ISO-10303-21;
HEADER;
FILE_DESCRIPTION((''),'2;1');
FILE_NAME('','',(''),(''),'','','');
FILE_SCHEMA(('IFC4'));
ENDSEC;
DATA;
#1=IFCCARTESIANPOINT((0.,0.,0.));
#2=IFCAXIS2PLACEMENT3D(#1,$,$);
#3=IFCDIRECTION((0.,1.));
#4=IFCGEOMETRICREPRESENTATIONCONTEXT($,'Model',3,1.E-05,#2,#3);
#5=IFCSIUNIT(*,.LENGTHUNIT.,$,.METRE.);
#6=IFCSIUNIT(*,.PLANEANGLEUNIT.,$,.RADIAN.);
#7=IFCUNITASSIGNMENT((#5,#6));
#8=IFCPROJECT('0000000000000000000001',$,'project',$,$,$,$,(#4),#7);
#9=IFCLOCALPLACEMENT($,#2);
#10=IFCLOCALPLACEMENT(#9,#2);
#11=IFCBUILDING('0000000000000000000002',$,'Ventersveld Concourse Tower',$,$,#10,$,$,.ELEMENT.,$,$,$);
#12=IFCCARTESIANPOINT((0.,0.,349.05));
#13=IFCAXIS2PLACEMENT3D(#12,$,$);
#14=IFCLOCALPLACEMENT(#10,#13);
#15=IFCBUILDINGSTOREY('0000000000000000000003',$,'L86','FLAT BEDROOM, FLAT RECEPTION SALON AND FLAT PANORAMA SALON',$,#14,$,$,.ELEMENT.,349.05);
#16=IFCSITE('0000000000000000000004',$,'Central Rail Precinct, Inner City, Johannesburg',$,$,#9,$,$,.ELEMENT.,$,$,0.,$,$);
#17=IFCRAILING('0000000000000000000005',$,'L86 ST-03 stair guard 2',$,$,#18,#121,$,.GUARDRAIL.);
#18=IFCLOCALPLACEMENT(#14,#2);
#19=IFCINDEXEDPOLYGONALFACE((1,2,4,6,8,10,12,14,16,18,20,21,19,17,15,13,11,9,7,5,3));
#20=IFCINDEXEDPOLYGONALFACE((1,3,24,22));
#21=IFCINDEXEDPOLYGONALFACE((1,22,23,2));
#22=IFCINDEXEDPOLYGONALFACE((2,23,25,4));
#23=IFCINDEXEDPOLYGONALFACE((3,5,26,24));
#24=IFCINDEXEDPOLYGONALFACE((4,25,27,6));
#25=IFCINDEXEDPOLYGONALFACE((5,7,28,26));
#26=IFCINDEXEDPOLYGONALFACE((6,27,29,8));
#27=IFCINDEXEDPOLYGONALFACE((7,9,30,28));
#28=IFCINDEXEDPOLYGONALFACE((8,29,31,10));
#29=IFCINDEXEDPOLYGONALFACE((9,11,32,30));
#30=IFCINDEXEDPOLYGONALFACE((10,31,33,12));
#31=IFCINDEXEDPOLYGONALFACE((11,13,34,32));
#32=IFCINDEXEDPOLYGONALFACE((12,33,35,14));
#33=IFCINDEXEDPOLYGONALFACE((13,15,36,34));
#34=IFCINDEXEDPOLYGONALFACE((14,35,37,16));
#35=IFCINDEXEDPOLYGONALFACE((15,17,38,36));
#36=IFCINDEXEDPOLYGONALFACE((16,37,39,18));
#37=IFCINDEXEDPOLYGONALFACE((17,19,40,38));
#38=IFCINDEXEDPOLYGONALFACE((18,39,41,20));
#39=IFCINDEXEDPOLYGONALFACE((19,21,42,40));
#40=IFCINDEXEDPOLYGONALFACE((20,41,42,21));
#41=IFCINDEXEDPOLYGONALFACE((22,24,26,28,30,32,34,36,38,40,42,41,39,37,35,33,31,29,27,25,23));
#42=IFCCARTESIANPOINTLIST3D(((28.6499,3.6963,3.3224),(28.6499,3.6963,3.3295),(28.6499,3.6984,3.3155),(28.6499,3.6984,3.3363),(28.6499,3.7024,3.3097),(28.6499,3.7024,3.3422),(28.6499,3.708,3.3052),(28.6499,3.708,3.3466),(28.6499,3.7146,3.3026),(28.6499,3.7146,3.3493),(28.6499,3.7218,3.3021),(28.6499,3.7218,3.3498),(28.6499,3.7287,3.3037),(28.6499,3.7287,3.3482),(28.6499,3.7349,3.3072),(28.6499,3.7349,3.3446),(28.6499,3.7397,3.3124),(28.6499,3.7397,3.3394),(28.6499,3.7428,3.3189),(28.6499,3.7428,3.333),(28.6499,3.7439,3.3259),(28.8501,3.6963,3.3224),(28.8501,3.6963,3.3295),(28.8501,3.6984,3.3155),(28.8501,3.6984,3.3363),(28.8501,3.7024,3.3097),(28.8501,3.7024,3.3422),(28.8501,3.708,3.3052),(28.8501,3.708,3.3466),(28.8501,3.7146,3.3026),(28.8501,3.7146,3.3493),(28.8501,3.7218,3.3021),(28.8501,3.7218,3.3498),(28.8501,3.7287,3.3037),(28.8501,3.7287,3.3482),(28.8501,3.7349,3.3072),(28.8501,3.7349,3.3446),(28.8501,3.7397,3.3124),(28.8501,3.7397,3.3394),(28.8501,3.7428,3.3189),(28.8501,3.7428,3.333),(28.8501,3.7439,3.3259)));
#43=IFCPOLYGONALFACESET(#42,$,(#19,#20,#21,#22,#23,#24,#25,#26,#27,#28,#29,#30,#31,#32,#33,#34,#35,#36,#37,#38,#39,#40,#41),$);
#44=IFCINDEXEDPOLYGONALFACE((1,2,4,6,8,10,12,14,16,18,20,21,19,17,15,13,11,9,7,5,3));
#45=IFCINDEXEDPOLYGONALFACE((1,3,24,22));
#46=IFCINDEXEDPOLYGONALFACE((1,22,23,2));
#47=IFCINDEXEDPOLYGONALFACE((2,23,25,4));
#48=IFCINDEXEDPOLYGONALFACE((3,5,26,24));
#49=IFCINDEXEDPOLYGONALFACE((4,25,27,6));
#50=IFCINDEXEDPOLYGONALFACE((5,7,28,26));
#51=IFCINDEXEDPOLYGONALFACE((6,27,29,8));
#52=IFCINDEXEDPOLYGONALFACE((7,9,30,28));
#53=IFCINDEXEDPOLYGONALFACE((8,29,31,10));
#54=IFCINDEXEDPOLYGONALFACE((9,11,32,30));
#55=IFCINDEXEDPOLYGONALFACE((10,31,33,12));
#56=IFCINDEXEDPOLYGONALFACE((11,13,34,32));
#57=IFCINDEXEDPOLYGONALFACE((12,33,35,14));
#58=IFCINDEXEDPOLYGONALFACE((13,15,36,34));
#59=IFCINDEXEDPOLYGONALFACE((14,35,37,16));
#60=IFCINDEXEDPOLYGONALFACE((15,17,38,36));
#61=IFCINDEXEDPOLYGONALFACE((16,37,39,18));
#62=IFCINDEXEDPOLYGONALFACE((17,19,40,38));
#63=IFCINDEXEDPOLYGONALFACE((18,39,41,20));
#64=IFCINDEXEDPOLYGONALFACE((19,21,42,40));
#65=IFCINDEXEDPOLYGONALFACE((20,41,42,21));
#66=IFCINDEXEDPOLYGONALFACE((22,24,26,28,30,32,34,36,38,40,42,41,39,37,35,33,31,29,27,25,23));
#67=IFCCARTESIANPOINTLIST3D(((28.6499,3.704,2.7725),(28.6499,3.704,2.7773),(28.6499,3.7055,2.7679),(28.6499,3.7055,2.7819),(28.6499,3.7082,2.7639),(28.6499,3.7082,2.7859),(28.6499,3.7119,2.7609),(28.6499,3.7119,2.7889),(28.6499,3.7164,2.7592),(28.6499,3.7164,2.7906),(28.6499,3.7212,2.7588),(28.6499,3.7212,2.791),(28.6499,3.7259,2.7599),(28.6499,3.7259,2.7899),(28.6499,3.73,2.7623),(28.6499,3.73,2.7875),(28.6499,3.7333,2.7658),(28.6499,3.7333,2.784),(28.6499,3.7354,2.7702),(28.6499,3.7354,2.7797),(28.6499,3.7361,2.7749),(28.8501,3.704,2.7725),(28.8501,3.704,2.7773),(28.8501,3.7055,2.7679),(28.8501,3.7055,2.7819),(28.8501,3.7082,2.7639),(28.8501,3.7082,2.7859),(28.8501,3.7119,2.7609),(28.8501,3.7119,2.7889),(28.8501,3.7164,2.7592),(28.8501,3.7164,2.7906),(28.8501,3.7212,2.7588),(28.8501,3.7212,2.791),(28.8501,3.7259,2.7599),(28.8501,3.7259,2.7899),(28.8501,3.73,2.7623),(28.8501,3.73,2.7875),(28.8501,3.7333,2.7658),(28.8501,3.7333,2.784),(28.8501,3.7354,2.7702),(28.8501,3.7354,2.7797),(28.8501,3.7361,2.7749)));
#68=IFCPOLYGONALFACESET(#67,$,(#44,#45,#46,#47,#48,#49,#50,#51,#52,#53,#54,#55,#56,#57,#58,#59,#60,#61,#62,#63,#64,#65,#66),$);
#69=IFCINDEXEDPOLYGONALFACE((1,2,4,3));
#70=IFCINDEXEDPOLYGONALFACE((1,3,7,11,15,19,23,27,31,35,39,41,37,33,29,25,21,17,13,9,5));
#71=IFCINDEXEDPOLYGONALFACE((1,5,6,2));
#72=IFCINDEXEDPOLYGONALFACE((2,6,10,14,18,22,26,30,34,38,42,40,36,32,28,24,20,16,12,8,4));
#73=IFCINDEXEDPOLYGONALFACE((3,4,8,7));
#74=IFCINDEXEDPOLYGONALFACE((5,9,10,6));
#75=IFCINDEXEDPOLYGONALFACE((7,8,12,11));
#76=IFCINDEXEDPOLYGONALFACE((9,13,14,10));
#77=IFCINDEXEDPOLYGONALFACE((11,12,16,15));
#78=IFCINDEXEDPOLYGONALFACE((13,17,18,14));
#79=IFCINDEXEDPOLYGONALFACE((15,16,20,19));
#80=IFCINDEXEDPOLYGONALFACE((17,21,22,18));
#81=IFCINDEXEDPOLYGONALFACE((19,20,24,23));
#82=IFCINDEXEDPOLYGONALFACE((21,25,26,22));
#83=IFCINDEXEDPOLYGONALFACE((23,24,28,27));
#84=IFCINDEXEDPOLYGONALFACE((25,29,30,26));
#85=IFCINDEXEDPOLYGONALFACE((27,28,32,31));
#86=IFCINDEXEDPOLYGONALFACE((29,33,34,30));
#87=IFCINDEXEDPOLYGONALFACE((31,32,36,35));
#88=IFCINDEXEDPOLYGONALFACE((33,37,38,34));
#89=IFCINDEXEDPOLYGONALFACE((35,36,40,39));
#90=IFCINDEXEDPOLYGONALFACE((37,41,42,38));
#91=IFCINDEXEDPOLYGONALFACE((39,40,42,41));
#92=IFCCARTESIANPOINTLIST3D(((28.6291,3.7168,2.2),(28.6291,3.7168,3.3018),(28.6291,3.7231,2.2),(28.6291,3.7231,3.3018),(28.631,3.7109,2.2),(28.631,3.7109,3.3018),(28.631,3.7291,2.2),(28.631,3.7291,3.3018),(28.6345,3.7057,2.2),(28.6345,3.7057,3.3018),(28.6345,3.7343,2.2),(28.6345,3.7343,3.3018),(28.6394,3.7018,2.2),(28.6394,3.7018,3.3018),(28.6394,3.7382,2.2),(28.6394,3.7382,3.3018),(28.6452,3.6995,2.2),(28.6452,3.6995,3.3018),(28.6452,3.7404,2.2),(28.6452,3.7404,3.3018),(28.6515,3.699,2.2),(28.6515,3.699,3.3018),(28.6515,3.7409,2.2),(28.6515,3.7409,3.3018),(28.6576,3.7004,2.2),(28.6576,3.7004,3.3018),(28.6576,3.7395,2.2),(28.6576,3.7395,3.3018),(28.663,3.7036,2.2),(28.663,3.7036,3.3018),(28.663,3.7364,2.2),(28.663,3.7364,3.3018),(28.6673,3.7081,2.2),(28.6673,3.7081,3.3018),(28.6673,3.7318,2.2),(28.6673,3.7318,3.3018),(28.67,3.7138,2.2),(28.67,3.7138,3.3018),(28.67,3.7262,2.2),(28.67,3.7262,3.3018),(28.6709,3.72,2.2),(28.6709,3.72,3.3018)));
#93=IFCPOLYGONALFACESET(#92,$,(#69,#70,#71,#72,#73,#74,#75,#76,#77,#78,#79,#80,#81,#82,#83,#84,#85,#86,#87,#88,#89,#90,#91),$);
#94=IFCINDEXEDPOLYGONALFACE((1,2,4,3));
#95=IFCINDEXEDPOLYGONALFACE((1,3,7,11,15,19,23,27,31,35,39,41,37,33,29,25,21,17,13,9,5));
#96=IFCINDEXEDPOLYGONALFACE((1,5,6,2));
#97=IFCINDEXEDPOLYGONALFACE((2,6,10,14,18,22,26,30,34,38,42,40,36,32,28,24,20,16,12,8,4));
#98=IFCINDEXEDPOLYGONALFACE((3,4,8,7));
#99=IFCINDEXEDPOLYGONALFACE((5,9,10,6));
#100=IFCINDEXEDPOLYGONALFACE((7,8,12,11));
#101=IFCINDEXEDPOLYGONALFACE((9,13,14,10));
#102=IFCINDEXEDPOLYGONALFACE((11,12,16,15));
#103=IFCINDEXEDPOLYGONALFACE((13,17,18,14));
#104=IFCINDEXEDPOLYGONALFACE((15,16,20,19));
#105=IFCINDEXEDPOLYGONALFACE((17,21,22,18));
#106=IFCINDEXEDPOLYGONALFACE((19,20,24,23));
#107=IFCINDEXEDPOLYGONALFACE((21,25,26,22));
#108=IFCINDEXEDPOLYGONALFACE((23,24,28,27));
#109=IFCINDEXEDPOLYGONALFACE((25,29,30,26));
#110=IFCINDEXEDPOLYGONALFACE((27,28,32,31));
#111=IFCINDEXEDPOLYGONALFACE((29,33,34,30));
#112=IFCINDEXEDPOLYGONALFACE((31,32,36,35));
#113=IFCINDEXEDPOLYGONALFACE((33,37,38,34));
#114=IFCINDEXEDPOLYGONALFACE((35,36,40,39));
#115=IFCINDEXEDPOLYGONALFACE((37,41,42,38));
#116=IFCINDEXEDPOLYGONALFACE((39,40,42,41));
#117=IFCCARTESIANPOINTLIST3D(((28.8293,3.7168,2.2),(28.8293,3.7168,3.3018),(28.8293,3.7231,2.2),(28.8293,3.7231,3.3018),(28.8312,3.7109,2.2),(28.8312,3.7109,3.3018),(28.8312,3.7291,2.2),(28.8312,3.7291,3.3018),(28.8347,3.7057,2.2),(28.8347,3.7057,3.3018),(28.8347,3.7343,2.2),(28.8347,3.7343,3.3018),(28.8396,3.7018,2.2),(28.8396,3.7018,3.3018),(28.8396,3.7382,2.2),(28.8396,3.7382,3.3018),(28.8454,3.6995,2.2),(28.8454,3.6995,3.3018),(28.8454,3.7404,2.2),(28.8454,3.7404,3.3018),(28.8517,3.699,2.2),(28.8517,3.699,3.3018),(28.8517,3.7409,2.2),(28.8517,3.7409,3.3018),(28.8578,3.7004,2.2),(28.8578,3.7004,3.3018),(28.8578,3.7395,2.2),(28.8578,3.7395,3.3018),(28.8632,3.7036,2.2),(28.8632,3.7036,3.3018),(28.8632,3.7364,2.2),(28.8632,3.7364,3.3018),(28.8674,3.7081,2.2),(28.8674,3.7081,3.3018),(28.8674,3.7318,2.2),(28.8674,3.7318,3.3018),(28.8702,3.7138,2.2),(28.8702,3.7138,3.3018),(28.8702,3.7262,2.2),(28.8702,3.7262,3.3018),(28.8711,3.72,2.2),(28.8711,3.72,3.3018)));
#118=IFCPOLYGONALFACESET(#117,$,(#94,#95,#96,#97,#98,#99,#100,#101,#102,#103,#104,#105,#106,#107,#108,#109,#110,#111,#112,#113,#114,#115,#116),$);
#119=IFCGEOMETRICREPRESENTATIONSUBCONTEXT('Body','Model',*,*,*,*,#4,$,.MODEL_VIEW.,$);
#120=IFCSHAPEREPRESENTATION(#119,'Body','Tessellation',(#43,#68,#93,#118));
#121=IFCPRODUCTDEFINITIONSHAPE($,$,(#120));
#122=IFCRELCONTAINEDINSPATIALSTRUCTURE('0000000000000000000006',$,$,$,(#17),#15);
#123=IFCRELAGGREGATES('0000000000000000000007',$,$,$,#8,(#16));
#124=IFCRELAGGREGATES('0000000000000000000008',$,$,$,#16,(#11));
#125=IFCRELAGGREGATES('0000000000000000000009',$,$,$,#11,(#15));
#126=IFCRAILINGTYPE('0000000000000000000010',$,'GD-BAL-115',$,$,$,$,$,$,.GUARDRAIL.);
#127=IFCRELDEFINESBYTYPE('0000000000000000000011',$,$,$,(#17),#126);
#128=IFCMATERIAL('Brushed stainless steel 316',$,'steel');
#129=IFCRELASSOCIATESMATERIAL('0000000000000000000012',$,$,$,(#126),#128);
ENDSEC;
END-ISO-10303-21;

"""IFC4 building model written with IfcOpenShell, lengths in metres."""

from ifc_helpers import new_model, si_unit, direction, frame, origin, origin_2d, place, context, subcontext, project, spatial, circle, extrude, material, type_object, element, save


model = new_model("IFC4")

# Units and contexts
model_context = context("Model", 3, precision=1e-05, world=origin(), true_north=direction((0.0, 1.0)))
body_context = subcontext(model_context, "Body", "Model", "MODEL_VIEW")
ifc_project = project(units=[si_unit("LENGTHUNIT", "METRE"), si_unit("PLANEANGLEUNIT", "RADIAN")], contexts=[model_context])

# Site, building, storey
site_placement = place(None, origin())
site = spatial("IfcSite", under=ifc_project, at=site_placement, Name="Central Rail Precinct, Inner City, Johannesburg", CompositionType="ELEMENT", RefElevation=0.0)
building_placement = place(site_placement, origin())
building = spatial("IfcBuilding", under=site, at=building_placement, Name="Ventersveld Concourse Tower", CompositionType="ELEMENT")
storey_placement = place(building_placement, frame((0.0, 0.0, 349.05)))
storey = spatial("IfcBuildingStorey", under=building, at=storey_placement, Name="L86", Description="FLAT BEDROOM, FLAT RECEPTION SALON AND FLAT PANORAMA SALON", CompositionType="ELEMENT", Elevation=349.05)

# Shared definitions
ifc_material_1 = material(Name="Brushed stainless steel 316", Category="steel")

# Railing
railing_type_1 = type_object("IfcRailingType", Name="GD-BAL-115", PredefinedType="GUARDRAIL", material=ifc_material_1)
railing_1_placement = place(storey_placement, frame((28.6499, 3.72, 2.2)))
element("IfcRailing", 1, at=railing_1_placement, inside=storey, type_object=railing_type_1, Name="L86 ST-03 stair guard 2", PredefinedType="GUARDRAIL", context=body_context, shape_type="SweptSolid", body=[
    extrude(circle(Radius=0.0239, at=origin_2d()), frame((0.0, 0.0, 1.126), z_axis=(1.0, 0.0, 0.0), x_axis=(0.0, 1.0, 0.0)), (0.0, 0.0, 1.0), 0.2002),
    extrude(circle(Radius=0.0161, at=origin_2d()), frame((0.0, 0.0, 0.575), z_axis=(1.0, 0.0, 0.0), x_axis=(0.0, 1.0, 0.0)), (0.0, 0.0, 1.0), 0.2002),
    extrude(circle(Radius=0.021, at=origin_2d()), origin(), (0.0, 0.0, 1.0), 1.1018),
    extrude(circle(Radius=0.021, at=origin_2d()), frame((0.2002, 0.0, 0.0)), (0.0, 0.0, 1.0), 1.1018),
])

save(model, "model.ifc")
